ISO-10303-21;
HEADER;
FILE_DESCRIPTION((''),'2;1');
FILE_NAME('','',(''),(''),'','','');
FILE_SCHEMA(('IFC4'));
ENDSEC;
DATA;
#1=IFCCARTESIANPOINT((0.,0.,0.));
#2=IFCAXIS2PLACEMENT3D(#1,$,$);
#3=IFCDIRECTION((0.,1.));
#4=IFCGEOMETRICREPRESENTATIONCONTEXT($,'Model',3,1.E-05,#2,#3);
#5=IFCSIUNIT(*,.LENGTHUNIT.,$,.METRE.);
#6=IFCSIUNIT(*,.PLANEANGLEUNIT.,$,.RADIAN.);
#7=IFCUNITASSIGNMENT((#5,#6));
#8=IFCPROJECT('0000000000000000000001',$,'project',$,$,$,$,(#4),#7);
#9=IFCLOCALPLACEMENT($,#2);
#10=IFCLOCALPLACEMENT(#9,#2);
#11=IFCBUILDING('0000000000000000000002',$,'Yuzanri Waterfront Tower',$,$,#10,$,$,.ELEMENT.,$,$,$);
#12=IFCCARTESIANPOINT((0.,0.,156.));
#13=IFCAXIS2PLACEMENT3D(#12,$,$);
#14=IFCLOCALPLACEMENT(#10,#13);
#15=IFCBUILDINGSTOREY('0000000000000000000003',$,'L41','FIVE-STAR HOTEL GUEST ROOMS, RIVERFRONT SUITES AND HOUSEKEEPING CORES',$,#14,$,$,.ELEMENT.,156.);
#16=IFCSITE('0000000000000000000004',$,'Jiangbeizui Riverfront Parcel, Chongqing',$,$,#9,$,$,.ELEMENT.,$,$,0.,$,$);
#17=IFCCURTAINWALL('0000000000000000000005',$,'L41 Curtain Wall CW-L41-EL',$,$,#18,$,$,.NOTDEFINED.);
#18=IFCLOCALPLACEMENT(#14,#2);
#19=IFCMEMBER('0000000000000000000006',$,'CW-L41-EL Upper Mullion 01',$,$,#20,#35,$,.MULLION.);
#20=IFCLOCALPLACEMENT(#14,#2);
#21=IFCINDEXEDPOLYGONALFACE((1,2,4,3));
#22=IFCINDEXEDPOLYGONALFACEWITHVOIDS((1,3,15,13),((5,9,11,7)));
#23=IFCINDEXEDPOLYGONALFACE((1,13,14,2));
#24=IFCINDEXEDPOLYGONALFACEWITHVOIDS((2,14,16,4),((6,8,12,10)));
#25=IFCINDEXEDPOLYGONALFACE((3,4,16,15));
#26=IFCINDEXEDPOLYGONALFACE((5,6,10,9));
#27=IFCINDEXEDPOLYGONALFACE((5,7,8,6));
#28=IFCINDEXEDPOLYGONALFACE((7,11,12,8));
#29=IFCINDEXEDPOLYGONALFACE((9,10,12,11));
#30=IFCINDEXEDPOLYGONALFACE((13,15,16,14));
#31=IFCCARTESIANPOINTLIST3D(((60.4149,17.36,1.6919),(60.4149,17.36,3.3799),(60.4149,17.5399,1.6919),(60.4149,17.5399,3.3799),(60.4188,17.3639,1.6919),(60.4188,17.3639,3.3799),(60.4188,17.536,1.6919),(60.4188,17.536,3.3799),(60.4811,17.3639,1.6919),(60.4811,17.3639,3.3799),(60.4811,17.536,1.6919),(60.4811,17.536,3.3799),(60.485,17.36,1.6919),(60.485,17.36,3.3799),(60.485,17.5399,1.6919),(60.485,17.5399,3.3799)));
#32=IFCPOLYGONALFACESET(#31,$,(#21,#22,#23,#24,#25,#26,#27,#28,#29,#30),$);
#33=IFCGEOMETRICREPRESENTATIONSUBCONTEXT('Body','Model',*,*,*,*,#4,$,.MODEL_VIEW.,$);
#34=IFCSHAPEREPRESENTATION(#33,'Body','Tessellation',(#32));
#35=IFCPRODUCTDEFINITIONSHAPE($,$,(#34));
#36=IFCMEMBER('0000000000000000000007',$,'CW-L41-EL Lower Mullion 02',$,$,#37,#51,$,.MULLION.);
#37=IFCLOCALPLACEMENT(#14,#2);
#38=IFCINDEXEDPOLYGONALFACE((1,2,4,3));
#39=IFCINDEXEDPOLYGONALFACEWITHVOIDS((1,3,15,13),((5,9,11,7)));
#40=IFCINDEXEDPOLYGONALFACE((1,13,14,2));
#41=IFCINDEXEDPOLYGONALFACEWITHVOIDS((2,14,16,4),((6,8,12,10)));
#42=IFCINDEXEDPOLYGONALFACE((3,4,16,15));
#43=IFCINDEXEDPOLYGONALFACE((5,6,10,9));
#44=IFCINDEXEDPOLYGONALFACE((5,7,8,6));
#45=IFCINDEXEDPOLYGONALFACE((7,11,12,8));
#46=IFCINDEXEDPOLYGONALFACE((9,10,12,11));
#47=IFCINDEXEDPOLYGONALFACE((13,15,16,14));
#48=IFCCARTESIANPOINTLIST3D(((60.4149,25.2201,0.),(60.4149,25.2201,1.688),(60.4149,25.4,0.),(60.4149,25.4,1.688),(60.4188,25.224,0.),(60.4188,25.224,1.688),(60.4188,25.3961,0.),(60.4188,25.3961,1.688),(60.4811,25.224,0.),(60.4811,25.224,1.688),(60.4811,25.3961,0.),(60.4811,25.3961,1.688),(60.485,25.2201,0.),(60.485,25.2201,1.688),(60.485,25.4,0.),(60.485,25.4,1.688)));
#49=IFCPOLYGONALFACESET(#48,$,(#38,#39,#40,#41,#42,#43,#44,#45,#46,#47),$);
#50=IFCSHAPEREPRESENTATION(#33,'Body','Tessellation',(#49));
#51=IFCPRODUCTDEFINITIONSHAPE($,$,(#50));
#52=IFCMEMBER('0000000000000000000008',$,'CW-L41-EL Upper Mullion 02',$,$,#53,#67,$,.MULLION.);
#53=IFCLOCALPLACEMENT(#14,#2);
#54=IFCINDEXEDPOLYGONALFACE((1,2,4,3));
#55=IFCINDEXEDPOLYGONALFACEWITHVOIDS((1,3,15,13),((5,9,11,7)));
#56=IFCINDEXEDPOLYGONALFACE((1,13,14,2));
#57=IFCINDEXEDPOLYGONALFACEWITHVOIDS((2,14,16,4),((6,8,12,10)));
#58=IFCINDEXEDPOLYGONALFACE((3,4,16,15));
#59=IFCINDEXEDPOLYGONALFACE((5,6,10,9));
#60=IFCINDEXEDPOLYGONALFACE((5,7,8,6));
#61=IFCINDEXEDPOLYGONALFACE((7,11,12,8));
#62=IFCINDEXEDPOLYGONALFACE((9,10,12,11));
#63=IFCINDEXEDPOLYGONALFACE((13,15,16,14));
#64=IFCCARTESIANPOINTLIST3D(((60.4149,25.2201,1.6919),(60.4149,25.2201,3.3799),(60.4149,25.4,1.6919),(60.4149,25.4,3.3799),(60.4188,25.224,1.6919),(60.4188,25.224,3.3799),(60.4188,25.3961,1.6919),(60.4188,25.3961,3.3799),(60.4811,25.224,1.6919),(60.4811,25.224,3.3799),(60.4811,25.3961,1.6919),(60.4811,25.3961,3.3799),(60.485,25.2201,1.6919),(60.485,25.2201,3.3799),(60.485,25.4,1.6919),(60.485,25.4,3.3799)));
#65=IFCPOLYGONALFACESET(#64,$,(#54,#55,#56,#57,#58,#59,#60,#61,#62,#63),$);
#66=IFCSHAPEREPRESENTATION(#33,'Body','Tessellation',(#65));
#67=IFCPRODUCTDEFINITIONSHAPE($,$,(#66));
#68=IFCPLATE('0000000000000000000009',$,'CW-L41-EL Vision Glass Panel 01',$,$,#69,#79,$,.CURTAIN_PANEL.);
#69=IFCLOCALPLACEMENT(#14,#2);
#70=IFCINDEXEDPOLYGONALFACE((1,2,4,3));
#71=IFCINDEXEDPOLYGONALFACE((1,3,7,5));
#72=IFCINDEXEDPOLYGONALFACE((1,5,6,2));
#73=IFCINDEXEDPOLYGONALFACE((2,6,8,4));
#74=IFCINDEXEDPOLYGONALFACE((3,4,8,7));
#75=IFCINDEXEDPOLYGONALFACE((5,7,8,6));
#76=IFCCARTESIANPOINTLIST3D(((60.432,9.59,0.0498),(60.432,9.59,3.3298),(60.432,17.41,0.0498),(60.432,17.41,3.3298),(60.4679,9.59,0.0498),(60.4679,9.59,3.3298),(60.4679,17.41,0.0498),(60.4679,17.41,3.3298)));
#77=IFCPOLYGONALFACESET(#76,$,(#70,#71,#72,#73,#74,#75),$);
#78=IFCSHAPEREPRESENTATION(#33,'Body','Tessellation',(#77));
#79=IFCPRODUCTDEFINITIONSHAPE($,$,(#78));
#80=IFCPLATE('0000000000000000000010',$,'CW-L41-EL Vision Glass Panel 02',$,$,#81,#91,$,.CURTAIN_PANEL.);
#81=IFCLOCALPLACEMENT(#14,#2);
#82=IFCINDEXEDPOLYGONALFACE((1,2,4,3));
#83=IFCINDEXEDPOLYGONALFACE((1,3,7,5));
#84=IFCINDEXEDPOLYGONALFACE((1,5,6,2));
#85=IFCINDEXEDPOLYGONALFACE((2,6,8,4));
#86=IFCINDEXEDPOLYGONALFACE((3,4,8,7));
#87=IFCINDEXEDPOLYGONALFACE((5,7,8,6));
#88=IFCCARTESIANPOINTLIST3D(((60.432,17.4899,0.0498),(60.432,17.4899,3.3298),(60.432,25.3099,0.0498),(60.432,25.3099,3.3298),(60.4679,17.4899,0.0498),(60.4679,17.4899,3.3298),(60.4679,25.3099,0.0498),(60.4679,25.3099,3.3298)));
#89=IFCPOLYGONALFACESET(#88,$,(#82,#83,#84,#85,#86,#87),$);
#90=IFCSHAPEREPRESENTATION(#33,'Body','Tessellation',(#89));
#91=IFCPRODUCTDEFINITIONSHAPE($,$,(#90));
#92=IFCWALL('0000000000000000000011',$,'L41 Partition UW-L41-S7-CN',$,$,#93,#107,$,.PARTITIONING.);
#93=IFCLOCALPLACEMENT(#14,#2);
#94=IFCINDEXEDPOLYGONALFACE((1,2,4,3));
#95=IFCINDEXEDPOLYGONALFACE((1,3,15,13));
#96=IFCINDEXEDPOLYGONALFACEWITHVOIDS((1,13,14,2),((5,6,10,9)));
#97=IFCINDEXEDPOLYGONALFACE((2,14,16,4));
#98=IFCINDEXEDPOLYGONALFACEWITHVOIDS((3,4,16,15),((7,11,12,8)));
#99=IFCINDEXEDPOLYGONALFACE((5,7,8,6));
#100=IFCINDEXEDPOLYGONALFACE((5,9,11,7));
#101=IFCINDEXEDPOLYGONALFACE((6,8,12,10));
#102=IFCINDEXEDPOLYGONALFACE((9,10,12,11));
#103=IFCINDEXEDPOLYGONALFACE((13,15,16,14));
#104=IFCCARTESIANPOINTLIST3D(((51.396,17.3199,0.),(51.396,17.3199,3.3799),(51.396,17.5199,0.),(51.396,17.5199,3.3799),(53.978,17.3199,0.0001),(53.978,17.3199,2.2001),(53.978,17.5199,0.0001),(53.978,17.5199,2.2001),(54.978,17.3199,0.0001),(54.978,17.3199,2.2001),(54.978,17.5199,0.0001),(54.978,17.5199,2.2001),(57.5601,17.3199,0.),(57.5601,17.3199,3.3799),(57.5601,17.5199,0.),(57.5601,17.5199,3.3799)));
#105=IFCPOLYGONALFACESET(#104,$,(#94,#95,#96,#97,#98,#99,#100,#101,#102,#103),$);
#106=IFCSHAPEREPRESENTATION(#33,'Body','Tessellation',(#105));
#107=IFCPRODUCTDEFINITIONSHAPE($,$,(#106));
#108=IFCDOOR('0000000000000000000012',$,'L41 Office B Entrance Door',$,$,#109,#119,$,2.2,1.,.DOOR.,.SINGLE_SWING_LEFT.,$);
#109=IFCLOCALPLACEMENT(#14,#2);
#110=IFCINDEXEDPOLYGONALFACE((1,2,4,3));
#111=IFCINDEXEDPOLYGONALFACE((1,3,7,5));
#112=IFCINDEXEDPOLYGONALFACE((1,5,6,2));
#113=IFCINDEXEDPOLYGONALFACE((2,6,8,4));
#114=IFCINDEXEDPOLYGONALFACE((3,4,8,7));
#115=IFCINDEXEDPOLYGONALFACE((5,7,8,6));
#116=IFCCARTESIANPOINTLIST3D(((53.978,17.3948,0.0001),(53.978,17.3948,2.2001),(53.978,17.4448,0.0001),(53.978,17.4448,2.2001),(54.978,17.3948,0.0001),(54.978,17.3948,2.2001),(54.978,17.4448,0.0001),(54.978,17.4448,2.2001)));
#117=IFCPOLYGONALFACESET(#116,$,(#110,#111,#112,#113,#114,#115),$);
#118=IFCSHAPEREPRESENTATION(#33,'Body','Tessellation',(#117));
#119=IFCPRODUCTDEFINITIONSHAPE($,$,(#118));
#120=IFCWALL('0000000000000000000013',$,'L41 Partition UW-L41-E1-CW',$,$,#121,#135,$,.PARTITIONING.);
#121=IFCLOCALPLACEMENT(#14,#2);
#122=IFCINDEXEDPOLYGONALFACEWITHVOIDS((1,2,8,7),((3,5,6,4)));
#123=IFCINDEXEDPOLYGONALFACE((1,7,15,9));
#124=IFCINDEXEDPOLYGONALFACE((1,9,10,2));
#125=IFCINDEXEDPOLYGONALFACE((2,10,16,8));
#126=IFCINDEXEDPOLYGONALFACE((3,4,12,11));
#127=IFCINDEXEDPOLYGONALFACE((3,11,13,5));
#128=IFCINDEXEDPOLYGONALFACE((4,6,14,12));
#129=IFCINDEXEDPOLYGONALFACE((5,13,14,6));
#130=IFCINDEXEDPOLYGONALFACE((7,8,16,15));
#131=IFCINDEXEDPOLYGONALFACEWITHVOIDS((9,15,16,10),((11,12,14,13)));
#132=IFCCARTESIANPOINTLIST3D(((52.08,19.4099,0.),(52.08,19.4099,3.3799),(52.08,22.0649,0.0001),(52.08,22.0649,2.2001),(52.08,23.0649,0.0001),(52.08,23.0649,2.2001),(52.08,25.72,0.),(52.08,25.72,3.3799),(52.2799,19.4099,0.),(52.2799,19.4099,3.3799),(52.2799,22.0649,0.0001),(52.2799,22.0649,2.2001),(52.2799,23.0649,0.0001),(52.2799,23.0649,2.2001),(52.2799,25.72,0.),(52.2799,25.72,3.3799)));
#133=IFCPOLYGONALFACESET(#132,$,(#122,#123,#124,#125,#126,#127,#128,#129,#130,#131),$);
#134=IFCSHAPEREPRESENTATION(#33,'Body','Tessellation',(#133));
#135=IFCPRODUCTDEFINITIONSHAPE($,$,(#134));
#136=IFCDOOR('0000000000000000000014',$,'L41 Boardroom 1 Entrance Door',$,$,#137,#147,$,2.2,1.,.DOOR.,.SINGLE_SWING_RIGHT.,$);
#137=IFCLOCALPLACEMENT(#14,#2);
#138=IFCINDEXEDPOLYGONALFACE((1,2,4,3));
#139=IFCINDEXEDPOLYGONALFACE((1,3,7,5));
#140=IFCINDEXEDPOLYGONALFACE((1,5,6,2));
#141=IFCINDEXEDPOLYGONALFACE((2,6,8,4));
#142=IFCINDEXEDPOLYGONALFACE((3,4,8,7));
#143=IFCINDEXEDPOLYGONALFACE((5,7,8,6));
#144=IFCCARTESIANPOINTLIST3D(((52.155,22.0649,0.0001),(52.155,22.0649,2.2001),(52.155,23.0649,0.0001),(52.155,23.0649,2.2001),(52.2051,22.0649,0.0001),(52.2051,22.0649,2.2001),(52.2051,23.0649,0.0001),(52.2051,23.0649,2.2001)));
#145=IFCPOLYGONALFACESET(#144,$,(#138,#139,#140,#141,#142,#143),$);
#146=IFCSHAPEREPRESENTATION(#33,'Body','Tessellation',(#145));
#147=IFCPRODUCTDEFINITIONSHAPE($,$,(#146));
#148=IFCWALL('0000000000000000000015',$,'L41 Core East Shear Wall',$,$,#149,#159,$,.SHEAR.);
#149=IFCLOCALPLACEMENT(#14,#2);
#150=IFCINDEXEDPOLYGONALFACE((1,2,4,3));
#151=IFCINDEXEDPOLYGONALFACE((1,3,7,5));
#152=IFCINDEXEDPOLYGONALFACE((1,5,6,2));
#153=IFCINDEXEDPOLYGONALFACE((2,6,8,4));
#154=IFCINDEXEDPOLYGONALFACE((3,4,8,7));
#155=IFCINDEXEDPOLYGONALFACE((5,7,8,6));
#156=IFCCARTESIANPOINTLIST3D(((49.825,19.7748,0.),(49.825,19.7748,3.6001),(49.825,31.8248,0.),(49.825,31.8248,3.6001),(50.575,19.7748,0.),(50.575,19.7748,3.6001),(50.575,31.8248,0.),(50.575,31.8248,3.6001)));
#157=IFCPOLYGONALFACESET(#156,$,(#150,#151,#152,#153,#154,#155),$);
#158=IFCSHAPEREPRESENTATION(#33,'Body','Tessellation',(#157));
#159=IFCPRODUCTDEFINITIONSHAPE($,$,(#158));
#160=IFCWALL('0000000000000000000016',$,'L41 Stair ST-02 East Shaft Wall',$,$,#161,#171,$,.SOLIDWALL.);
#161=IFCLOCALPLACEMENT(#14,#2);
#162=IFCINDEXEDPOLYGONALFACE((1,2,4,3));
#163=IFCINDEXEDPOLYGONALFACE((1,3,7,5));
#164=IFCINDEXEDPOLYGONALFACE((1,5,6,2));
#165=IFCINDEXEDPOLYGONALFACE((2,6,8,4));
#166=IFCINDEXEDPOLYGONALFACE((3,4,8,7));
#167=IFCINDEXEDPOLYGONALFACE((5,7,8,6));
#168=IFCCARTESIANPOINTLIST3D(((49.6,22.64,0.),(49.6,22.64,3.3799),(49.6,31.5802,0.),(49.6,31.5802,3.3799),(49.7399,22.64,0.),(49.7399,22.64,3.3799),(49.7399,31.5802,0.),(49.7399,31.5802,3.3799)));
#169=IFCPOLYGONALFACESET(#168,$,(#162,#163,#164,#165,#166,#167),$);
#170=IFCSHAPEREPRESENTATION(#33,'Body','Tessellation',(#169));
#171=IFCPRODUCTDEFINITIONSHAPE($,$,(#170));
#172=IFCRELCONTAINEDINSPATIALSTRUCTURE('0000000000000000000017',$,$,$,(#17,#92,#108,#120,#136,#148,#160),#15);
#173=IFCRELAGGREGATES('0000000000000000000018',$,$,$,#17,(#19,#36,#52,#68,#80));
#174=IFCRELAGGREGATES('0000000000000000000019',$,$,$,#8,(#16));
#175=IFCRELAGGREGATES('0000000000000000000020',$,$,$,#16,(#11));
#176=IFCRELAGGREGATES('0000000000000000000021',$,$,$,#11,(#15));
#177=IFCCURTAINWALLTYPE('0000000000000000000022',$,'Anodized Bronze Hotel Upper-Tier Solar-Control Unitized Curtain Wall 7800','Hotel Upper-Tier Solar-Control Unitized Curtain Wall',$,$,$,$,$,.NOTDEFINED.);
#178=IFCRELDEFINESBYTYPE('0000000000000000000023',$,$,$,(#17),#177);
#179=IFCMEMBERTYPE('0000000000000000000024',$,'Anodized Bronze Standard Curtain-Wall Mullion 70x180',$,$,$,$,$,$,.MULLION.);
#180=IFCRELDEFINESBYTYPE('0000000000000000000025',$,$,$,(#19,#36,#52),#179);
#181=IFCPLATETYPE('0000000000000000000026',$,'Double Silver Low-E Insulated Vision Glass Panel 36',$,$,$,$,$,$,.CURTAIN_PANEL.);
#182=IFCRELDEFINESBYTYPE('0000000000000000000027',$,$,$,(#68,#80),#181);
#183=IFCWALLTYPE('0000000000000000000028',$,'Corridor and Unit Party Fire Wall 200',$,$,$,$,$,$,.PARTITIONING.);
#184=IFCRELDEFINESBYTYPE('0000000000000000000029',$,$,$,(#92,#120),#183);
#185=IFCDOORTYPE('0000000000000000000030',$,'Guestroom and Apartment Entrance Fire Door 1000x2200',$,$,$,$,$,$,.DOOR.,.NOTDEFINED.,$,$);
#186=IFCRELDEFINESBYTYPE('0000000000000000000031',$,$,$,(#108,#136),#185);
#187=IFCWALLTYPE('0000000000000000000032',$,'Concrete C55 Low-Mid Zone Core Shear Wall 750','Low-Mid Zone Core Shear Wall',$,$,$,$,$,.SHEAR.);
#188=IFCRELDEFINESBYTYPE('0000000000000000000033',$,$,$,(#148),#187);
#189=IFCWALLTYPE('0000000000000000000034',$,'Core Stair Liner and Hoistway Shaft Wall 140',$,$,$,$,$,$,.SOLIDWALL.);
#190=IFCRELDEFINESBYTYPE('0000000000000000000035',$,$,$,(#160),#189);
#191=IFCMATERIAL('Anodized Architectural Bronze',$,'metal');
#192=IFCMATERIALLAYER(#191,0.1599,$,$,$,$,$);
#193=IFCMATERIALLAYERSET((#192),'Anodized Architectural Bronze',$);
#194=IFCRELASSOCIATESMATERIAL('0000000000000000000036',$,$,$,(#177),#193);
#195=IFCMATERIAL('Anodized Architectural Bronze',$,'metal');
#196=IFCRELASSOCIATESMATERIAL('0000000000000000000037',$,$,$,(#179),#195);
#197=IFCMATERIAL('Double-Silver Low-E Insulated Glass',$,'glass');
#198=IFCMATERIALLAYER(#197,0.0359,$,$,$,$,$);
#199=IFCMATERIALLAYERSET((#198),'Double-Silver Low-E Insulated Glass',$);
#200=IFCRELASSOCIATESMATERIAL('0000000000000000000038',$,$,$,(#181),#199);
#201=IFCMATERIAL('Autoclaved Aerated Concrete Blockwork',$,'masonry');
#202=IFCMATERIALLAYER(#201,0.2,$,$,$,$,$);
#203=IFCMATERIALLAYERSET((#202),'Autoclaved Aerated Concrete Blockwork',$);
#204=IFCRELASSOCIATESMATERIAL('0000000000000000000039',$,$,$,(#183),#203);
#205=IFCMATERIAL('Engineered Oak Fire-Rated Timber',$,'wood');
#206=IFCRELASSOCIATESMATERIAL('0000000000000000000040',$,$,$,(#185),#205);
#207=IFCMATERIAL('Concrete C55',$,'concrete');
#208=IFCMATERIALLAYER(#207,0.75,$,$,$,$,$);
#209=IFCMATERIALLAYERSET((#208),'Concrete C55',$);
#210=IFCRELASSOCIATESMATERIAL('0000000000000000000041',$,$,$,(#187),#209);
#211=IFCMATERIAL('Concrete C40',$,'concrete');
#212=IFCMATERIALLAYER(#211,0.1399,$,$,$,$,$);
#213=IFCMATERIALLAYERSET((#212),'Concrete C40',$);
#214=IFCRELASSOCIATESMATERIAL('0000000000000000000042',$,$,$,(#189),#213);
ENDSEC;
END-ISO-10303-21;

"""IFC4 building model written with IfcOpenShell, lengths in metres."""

from ifc_helpers import new_model, si_unit, direction, frame, frame_2d, origin, origin_2d, place, context, subcontext, project, spatial, rectangle, hollow_rectangle, extrude, source, transform, mapped, material, layer, layer_set, material_profile, profile_set, type_object, element, fill, aggregate, save


model = new_model("IFC4")

# Units and contexts
model_context = context("Model", 3, precision=1e-05, world=origin(), true_north=direction((0.0, 1.0)))
body_context = subcontext(model_context, "Body", "Model", "MODEL_VIEW")
ifc_project = project(units=[si_unit("LENGTHUNIT", "METRE"), si_unit("PLANEANGLEUNIT", "RADIAN")], contexts=[model_context])

# Site, building, storey
site_placement = place(None, origin())
site = spatial("IfcSite", under=ifc_project, at=site_placement, Name="Jiangbeizui Riverfront Parcel, Chongqing", CompositionType="ELEMENT", RefElevation=0.0)
building_placement = place(site_placement, origin())
building = spatial("IfcBuilding", under=site, at=building_placement, Name="Yuzanri Waterfront Tower", CompositionType="ELEMENT")
storey_placement = place(building_placement, frame((0.0, 0.0, 156.0)))
storey = spatial("IfcBuildingStorey", under=building, at=storey_placement, Name="L41", Description="FIVE-STAR HOTEL GUEST ROOMS, RIVERFRONT SUITES AND HOUSEKEEPING CORES", CompositionType="ELEMENT", Elevation=156.0)

# Curtain wall, members, plates
ifc_material_1 = material(Name="Anodized Architectural Bronze", Category="metal")
ifc_layer_1 = layer(ifc_material_1, 0.1599)
ifc_layer_set_1 = layer_set([ifc_layer_1], Name="Anodized Architectural Bronze")
curtain_wall_type = type_object("IfcCurtainWallType", Name="Anodized Bronze Hotel Upper-Tier Solar-Control Unitized Curtain Wall 7800", Description="Hotel Upper-Tier Solar-Control Unitized Curtain Wall", PredefinedType="NOTDEFINED", material=ifc_layer_set_1)
curtain_wall_placement = place(storey_placement, origin())
curtain_wall = element("IfcCurtainWall", 1, at=curtain_wall_placement, inside=storey, type_object=curtain_wall_type, Name="L41 Curtain Wall CW-L41-EL", PredefinedType="NOTDEFINED")
ifc_material_2 = material(Name="Anodized Architectural Bronze", Category="metal")
ifc_material_profile_1 = material_profile(ifc_material_2, hollow_rectangle(XDim=0.0701, YDim=0.1799, WallThickness=0.0039, at=origin_2d()), Name="CWM 70x180")
ifc_profile_set_1 = profile_set([ifc_material_profile_1], Name="Anodized Architectural Bronze")
member_type = type_object("IfcMemberType", Name="Anodized Bronze Standard Curtain-Wall Mullion 70x180", PredefinedType="MULLION", material=ifc_profile_set_1)
shared_shape_1 = source(origin(), body_context, "Body", "SweptSolid", [
    extrude(hollow_rectangle(XDim=0.0701, YDim=0.1799, WallThickness=0.0039, at=origin_2d()), origin(), (0.0, 0.0, 1.0), 1.688),
])
member_1_placement = place(storey_placement, frame((60.45, 17.45, 1.6919), z_axis=(0.0, 0.0, 1.0), x_axis=(1.0, 0.0, 0.0)))
member_1 = element("IfcMember", 2, at=member_1_placement, type_object=member_type, Name="CW-L41-EL Upper Mullion 01", PredefinedType="MULLION", context=body_context, shape_type="MappedRepresentation", body=[
    mapped(shared_shape_1, transform((0.0, 0.0, 0.0), scale=1.0)),
])
member_2_placement = place(storey_placement, frame((60.45, 25.3101, 0.0), z_axis=(0.0, 0.0, 1.0), x_axis=(1.0, 0.0, 0.0)))
member_2 = element("IfcMember", 3, at=member_2_placement, type_object=member_type, Name="CW-L41-EL Lower Mullion 02", PredefinedType="MULLION", context=body_context, shape_type="MappedRepresentation", body=[
    mapped(shared_shape_1, transform((0.0, 0.0, 0.0), scale=1.0)),
])
member_3_placement = place(storey_placement, frame((60.45, 25.3101, 1.6919), z_axis=(0.0, 0.0, 1.0), x_axis=(1.0, 0.0, 0.0)))
member_3 = element("IfcMember", 4, at=member_3_placement, type_object=member_type, Name="CW-L41-EL Upper Mullion 02", PredefinedType="MULLION", context=body_context, shape_type="MappedRepresentation", body=[
    mapped(shared_shape_1, transform((0.0, 0.0, 0.0), scale=1.0)),
])
ifc_material_3 = material(Name="Double-Silver Low-E Insulated Glass", Category="glass")
ifc_layer_2 = layer(ifc_material_3, 0.0359)
ifc_layer_set_2 = layer_set([ifc_layer_2], Name="Double-Silver Low-E Insulated Glass")
plate_type = type_object("IfcPlateType", Name="Double Silver Low-E Insulated Vision Glass Panel 36", PredefinedType="CURTAIN_PANEL", material=ifc_layer_set_2)
shared_shape_2 = source(origin(), body_context, "Body", "SweptSolid", [
    extrude(rectangle(XDim=7.8201, YDim=0.0359, at=origin_2d()), origin(), (0.0, 0.0, 1.0), 3.28),
])
plate_1_placement = place(storey_placement, frame((60.45, 13.5, 0.0498), z_axis=(0.0, 0.0, 1.0), x_axis=(0.0, 1.0, 0.0)))
plate_1 = element("IfcPlate", 5, at=plate_1_placement, type_object=plate_type, Name="CW-L41-EL Vision Glass Panel 01", PredefinedType="CURTAIN_PANEL", context=body_context, shape_type="MappedRepresentation", body=[
    mapped(shared_shape_2, transform((0.0, 0.0, 0.0), scale=1.0)),
])
plate_2_placement = place(storey_placement, frame((60.45, 21.3999, 0.0498), z_axis=(0.0, 0.0, 1.0), x_axis=(0.0, 1.0, 0.0)))
plate_2 = element("IfcPlate", 6, at=plate_2_placement, type_object=plate_type, Name="CW-L41-EL Vision Glass Panel 02", PredefinedType="CURTAIN_PANEL", context=body_context, shape_type="MappedRepresentation", body=[
    mapped(shared_shape_2, transform((0.0, 0.0, 0.0), scale=1.0)),
])
aggregate(curtain_wall, [member_1, member_2, member_3, plate_1, plate_2])

# Walls, openings, doors
ifc_material_4 = material(Name="Autoclaved Aerated Concrete Blockwork", Category="masonry")
ifc_layer_3 = layer(ifc_material_4, 0.2)
ifc_layer_set_3 = layer_set([ifc_layer_3], Name="Autoclaved Aerated Concrete Blockwork")
wall_type_1 = type_object("IfcWallType", Name="Corridor and Unit Party Fire Wall 200", PredefinedType="PARTITIONING", material=ifc_layer_set_3)
wall_1_placement = place(storey_placement, frame((51.396, 17.4199, 0.0), z_axis=(0.0, 0.0, 1.0), x_axis=(1.0, 0.0, 0.0)))
wall_1 = element("IfcWall", 7, at=wall_1_placement, inside=storey, type_object=wall_type_1, Name="L41 Partition UW-L41-S7-CN", PredefinedType="PARTITIONING", context=body_context, shape_type="SweptSolid", body=[
    extrude(rectangle(XDim=6.1641, YDim=0.2, at=frame_2d((3.082, 0.0))), origin(), (0.0, 0.0, 1.0), 3.3799),
])
opening_1_placement = place(wall_1_placement, frame((2.582, 0.0, 0.0)))
opening_1 = element("IfcOpeningElement", 8, at=opening_1_placement, cuts=wall_1, PredefinedType="OPENING", context=body_context, shape_type="SweptSolid", body=[
    extrude(rectangle(XDim=1.0, YDim=2.2, at=frame_2d((0.5, 1.1001))), frame((0.0, 0.1147, 0.0), z_axis=(0.0, -1.0, 0.0), x_axis=(1.0, 0.0, 0.0)), (0.0, 0.0, 1.0), 0.2297),
])
ifc_material_5 = material(Name="Engineered Oak Fire-Rated Timber", Category="wood")
door_type = type_object("IfcDoorType", Name="Guestroom and Apartment Entrance Fire Door 1000x2200", OperationType="NOTDEFINED", PredefinedType="DOOR", material=ifc_material_5)
shared_shape_3 = source(origin(), body_context, "Body", "SweptSolid", [
    extrude(rectangle(XDim=1.0, YDim=2.2, at=frame_2d((0.5, 1.1001))), frame((0.0, 0.0249, 0.0), z_axis=(0.0, -1.0, 0.0), x_axis=(1.0, 0.0, 0.0)), (0.0, 0.0, 1.0), 0.05),
])
door_1_placement = place(opening_1_placement, origin())
door_1 = element("IfcDoor", 9, at=door_1_placement, inside=storey, type_object=door_type, Name="L41 Office B Entrance Door", OperationType="SINGLE_SWING_LEFT", OverallHeight=2.2, OverallWidth=1.0, PredefinedType="DOOR", context=body_context, shape_type="MappedRepresentation", body=[
    mapped(shared_shape_3, transform((0.0, 0.0, 0.0), scale=1.0)),
])
fill(opening_1, door_1)
wall_2_placement = place(storey_placement, frame((52.1799, 19.4099, 0.0), z_axis=(0.0, 0.0, 1.0), x_axis=(0.0, 1.0, 0.0)))
wall_2 = element("IfcWall", 10, at=wall_2_placement, inside=storey, type_object=wall_type_1, Name="L41 Partition UW-L41-E1-CW", PredefinedType="PARTITIONING", context=body_context, shape_type="SweptSolid", body=[
    extrude(rectangle(XDim=6.3101, YDim=0.2, at=frame_2d((3.155, 0.0))), origin(), (0.0, 0.0, 1.0), 3.3799),
])
opening_2_placement = place(wall_2_placement, frame((2.655, 0.0, 0.0)))
opening_2 = element("IfcOpeningElement", 11, at=opening_2_placement, cuts=wall_2, PredefinedType="OPENING", context=body_context, shape_type="SweptSolid", body=[
    extrude(rectangle(XDim=1.0, YDim=2.2, at=frame_2d((0.5, 1.1001))), frame((0.0, 0.1147, 0.0), z_axis=(0.0, -1.0, 0.0), x_axis=(1.0, 0.0, 0.0)), (0.0, 0.0, 1.0), 0.2297),
])
door_2_placement = place(opening_2_placement, origin())
door_2 = element("IfcDoor", 12, at=door_2_placement, inside=storey, type_object=door_type, Name="L41 Boardroom 1 Entrance Door", OperationType="SINGLE_SWING_RIGHT", OverallHeight=2.2, OverallWidth=1.0, PredefinedType="DOOR", context=body_context, shape_type="MappedRepresentation", body=[
    mapped(shared_shape_3, transform((0.0, 0.0, 0.0), scale=1.0)),
])
fill(opening_2, door_2)

# Walls
ifc_material_6 = material(Name="Concrete C55", Category="concrete")
ifc_layer_4 = layer(ifc_material_6, 0.75)
ifc_layer_set_4 = layer_set([ifc_layer_4], Name="Concrete C55")
wall_type_2 = type_object("IfcWallType", Name="Concrete C55 Low-Mid Zone Core Shear Wall 750", Description="Low-Mid Zone Core Shear Wall", PredefinedType="SHEAR", material=ifc_layer_set_4)
shared_shape_4 = source(origin(), body_context, "Body", "SweptSolid", [
    extrude(rectangle(XDim=12.05, YDim=0.75, at=frame_2d((6.0249, 0.0))), origin(), (0.0, 0.0, 1.0), 3.6001),
])
wall_3_placement = place(storey_placement, frame((50.2, 19.7749, 0.0), z_axis=(0.0, 0.0, 1.0), x_axis=(0.0, 1.0, 0.0)))
element("IfcWall", 13, at=wall_3_placement, inside=storey, type_object=wall_type_2, Name="L41 Core East Shear Wall", PredefinedType="SHEAR", context=body_context, shape_type="MappedRepresentation", body=[
    mapped(shared_shape_4, transform((0.0, 0.0, 0.0), scale=1.0)),
])
ifc_material_7 = material(Name="Concrete C40", Category="concrete")
ifc_layer_5 = layer(ifc_material_7, 0.1399)
ifc_layer_set_5 = layer_set([ifc_layer_5], Name="Concrete C40")
wall_type_3 = type_object("IfcWallType", Name="Core Stair Liner and Hoistway Shaft Wall 140", PredefinedType="SOLIDWALL", material=ifc_layer_set_5)
shared_shape_5 = source(origin(), body_context, "Body", "SweptSolid", [
    extrude(rectangle(XDim=8.9402, YDim=0.1399, at=frame_2d((4.4702, 0.0))), origin(), (0.0, 0.0, 1.0), 3.3799),
])
wall_4_placement = place(storey_placement, frame((49.6699, 22.6399, 0.0), z_axis=(0.0, 0.0, 1.0), x_axis=(0.0, 1.0, 0.0)))
element("IfcWall", 14, at=wall_4_placement, inside=storey, type_object=wall_type_3, Name="L41 Stair ST-02 East Shaft Wall", PredefinedType="SOLIDWALL", context=body_context, shape_type="MappedRepresentation", body=[
    mapped(shared_shape_5, transform((0.0, 0.0, 0.0), scale=1.0)),
])

save(model, "model.ifc")
